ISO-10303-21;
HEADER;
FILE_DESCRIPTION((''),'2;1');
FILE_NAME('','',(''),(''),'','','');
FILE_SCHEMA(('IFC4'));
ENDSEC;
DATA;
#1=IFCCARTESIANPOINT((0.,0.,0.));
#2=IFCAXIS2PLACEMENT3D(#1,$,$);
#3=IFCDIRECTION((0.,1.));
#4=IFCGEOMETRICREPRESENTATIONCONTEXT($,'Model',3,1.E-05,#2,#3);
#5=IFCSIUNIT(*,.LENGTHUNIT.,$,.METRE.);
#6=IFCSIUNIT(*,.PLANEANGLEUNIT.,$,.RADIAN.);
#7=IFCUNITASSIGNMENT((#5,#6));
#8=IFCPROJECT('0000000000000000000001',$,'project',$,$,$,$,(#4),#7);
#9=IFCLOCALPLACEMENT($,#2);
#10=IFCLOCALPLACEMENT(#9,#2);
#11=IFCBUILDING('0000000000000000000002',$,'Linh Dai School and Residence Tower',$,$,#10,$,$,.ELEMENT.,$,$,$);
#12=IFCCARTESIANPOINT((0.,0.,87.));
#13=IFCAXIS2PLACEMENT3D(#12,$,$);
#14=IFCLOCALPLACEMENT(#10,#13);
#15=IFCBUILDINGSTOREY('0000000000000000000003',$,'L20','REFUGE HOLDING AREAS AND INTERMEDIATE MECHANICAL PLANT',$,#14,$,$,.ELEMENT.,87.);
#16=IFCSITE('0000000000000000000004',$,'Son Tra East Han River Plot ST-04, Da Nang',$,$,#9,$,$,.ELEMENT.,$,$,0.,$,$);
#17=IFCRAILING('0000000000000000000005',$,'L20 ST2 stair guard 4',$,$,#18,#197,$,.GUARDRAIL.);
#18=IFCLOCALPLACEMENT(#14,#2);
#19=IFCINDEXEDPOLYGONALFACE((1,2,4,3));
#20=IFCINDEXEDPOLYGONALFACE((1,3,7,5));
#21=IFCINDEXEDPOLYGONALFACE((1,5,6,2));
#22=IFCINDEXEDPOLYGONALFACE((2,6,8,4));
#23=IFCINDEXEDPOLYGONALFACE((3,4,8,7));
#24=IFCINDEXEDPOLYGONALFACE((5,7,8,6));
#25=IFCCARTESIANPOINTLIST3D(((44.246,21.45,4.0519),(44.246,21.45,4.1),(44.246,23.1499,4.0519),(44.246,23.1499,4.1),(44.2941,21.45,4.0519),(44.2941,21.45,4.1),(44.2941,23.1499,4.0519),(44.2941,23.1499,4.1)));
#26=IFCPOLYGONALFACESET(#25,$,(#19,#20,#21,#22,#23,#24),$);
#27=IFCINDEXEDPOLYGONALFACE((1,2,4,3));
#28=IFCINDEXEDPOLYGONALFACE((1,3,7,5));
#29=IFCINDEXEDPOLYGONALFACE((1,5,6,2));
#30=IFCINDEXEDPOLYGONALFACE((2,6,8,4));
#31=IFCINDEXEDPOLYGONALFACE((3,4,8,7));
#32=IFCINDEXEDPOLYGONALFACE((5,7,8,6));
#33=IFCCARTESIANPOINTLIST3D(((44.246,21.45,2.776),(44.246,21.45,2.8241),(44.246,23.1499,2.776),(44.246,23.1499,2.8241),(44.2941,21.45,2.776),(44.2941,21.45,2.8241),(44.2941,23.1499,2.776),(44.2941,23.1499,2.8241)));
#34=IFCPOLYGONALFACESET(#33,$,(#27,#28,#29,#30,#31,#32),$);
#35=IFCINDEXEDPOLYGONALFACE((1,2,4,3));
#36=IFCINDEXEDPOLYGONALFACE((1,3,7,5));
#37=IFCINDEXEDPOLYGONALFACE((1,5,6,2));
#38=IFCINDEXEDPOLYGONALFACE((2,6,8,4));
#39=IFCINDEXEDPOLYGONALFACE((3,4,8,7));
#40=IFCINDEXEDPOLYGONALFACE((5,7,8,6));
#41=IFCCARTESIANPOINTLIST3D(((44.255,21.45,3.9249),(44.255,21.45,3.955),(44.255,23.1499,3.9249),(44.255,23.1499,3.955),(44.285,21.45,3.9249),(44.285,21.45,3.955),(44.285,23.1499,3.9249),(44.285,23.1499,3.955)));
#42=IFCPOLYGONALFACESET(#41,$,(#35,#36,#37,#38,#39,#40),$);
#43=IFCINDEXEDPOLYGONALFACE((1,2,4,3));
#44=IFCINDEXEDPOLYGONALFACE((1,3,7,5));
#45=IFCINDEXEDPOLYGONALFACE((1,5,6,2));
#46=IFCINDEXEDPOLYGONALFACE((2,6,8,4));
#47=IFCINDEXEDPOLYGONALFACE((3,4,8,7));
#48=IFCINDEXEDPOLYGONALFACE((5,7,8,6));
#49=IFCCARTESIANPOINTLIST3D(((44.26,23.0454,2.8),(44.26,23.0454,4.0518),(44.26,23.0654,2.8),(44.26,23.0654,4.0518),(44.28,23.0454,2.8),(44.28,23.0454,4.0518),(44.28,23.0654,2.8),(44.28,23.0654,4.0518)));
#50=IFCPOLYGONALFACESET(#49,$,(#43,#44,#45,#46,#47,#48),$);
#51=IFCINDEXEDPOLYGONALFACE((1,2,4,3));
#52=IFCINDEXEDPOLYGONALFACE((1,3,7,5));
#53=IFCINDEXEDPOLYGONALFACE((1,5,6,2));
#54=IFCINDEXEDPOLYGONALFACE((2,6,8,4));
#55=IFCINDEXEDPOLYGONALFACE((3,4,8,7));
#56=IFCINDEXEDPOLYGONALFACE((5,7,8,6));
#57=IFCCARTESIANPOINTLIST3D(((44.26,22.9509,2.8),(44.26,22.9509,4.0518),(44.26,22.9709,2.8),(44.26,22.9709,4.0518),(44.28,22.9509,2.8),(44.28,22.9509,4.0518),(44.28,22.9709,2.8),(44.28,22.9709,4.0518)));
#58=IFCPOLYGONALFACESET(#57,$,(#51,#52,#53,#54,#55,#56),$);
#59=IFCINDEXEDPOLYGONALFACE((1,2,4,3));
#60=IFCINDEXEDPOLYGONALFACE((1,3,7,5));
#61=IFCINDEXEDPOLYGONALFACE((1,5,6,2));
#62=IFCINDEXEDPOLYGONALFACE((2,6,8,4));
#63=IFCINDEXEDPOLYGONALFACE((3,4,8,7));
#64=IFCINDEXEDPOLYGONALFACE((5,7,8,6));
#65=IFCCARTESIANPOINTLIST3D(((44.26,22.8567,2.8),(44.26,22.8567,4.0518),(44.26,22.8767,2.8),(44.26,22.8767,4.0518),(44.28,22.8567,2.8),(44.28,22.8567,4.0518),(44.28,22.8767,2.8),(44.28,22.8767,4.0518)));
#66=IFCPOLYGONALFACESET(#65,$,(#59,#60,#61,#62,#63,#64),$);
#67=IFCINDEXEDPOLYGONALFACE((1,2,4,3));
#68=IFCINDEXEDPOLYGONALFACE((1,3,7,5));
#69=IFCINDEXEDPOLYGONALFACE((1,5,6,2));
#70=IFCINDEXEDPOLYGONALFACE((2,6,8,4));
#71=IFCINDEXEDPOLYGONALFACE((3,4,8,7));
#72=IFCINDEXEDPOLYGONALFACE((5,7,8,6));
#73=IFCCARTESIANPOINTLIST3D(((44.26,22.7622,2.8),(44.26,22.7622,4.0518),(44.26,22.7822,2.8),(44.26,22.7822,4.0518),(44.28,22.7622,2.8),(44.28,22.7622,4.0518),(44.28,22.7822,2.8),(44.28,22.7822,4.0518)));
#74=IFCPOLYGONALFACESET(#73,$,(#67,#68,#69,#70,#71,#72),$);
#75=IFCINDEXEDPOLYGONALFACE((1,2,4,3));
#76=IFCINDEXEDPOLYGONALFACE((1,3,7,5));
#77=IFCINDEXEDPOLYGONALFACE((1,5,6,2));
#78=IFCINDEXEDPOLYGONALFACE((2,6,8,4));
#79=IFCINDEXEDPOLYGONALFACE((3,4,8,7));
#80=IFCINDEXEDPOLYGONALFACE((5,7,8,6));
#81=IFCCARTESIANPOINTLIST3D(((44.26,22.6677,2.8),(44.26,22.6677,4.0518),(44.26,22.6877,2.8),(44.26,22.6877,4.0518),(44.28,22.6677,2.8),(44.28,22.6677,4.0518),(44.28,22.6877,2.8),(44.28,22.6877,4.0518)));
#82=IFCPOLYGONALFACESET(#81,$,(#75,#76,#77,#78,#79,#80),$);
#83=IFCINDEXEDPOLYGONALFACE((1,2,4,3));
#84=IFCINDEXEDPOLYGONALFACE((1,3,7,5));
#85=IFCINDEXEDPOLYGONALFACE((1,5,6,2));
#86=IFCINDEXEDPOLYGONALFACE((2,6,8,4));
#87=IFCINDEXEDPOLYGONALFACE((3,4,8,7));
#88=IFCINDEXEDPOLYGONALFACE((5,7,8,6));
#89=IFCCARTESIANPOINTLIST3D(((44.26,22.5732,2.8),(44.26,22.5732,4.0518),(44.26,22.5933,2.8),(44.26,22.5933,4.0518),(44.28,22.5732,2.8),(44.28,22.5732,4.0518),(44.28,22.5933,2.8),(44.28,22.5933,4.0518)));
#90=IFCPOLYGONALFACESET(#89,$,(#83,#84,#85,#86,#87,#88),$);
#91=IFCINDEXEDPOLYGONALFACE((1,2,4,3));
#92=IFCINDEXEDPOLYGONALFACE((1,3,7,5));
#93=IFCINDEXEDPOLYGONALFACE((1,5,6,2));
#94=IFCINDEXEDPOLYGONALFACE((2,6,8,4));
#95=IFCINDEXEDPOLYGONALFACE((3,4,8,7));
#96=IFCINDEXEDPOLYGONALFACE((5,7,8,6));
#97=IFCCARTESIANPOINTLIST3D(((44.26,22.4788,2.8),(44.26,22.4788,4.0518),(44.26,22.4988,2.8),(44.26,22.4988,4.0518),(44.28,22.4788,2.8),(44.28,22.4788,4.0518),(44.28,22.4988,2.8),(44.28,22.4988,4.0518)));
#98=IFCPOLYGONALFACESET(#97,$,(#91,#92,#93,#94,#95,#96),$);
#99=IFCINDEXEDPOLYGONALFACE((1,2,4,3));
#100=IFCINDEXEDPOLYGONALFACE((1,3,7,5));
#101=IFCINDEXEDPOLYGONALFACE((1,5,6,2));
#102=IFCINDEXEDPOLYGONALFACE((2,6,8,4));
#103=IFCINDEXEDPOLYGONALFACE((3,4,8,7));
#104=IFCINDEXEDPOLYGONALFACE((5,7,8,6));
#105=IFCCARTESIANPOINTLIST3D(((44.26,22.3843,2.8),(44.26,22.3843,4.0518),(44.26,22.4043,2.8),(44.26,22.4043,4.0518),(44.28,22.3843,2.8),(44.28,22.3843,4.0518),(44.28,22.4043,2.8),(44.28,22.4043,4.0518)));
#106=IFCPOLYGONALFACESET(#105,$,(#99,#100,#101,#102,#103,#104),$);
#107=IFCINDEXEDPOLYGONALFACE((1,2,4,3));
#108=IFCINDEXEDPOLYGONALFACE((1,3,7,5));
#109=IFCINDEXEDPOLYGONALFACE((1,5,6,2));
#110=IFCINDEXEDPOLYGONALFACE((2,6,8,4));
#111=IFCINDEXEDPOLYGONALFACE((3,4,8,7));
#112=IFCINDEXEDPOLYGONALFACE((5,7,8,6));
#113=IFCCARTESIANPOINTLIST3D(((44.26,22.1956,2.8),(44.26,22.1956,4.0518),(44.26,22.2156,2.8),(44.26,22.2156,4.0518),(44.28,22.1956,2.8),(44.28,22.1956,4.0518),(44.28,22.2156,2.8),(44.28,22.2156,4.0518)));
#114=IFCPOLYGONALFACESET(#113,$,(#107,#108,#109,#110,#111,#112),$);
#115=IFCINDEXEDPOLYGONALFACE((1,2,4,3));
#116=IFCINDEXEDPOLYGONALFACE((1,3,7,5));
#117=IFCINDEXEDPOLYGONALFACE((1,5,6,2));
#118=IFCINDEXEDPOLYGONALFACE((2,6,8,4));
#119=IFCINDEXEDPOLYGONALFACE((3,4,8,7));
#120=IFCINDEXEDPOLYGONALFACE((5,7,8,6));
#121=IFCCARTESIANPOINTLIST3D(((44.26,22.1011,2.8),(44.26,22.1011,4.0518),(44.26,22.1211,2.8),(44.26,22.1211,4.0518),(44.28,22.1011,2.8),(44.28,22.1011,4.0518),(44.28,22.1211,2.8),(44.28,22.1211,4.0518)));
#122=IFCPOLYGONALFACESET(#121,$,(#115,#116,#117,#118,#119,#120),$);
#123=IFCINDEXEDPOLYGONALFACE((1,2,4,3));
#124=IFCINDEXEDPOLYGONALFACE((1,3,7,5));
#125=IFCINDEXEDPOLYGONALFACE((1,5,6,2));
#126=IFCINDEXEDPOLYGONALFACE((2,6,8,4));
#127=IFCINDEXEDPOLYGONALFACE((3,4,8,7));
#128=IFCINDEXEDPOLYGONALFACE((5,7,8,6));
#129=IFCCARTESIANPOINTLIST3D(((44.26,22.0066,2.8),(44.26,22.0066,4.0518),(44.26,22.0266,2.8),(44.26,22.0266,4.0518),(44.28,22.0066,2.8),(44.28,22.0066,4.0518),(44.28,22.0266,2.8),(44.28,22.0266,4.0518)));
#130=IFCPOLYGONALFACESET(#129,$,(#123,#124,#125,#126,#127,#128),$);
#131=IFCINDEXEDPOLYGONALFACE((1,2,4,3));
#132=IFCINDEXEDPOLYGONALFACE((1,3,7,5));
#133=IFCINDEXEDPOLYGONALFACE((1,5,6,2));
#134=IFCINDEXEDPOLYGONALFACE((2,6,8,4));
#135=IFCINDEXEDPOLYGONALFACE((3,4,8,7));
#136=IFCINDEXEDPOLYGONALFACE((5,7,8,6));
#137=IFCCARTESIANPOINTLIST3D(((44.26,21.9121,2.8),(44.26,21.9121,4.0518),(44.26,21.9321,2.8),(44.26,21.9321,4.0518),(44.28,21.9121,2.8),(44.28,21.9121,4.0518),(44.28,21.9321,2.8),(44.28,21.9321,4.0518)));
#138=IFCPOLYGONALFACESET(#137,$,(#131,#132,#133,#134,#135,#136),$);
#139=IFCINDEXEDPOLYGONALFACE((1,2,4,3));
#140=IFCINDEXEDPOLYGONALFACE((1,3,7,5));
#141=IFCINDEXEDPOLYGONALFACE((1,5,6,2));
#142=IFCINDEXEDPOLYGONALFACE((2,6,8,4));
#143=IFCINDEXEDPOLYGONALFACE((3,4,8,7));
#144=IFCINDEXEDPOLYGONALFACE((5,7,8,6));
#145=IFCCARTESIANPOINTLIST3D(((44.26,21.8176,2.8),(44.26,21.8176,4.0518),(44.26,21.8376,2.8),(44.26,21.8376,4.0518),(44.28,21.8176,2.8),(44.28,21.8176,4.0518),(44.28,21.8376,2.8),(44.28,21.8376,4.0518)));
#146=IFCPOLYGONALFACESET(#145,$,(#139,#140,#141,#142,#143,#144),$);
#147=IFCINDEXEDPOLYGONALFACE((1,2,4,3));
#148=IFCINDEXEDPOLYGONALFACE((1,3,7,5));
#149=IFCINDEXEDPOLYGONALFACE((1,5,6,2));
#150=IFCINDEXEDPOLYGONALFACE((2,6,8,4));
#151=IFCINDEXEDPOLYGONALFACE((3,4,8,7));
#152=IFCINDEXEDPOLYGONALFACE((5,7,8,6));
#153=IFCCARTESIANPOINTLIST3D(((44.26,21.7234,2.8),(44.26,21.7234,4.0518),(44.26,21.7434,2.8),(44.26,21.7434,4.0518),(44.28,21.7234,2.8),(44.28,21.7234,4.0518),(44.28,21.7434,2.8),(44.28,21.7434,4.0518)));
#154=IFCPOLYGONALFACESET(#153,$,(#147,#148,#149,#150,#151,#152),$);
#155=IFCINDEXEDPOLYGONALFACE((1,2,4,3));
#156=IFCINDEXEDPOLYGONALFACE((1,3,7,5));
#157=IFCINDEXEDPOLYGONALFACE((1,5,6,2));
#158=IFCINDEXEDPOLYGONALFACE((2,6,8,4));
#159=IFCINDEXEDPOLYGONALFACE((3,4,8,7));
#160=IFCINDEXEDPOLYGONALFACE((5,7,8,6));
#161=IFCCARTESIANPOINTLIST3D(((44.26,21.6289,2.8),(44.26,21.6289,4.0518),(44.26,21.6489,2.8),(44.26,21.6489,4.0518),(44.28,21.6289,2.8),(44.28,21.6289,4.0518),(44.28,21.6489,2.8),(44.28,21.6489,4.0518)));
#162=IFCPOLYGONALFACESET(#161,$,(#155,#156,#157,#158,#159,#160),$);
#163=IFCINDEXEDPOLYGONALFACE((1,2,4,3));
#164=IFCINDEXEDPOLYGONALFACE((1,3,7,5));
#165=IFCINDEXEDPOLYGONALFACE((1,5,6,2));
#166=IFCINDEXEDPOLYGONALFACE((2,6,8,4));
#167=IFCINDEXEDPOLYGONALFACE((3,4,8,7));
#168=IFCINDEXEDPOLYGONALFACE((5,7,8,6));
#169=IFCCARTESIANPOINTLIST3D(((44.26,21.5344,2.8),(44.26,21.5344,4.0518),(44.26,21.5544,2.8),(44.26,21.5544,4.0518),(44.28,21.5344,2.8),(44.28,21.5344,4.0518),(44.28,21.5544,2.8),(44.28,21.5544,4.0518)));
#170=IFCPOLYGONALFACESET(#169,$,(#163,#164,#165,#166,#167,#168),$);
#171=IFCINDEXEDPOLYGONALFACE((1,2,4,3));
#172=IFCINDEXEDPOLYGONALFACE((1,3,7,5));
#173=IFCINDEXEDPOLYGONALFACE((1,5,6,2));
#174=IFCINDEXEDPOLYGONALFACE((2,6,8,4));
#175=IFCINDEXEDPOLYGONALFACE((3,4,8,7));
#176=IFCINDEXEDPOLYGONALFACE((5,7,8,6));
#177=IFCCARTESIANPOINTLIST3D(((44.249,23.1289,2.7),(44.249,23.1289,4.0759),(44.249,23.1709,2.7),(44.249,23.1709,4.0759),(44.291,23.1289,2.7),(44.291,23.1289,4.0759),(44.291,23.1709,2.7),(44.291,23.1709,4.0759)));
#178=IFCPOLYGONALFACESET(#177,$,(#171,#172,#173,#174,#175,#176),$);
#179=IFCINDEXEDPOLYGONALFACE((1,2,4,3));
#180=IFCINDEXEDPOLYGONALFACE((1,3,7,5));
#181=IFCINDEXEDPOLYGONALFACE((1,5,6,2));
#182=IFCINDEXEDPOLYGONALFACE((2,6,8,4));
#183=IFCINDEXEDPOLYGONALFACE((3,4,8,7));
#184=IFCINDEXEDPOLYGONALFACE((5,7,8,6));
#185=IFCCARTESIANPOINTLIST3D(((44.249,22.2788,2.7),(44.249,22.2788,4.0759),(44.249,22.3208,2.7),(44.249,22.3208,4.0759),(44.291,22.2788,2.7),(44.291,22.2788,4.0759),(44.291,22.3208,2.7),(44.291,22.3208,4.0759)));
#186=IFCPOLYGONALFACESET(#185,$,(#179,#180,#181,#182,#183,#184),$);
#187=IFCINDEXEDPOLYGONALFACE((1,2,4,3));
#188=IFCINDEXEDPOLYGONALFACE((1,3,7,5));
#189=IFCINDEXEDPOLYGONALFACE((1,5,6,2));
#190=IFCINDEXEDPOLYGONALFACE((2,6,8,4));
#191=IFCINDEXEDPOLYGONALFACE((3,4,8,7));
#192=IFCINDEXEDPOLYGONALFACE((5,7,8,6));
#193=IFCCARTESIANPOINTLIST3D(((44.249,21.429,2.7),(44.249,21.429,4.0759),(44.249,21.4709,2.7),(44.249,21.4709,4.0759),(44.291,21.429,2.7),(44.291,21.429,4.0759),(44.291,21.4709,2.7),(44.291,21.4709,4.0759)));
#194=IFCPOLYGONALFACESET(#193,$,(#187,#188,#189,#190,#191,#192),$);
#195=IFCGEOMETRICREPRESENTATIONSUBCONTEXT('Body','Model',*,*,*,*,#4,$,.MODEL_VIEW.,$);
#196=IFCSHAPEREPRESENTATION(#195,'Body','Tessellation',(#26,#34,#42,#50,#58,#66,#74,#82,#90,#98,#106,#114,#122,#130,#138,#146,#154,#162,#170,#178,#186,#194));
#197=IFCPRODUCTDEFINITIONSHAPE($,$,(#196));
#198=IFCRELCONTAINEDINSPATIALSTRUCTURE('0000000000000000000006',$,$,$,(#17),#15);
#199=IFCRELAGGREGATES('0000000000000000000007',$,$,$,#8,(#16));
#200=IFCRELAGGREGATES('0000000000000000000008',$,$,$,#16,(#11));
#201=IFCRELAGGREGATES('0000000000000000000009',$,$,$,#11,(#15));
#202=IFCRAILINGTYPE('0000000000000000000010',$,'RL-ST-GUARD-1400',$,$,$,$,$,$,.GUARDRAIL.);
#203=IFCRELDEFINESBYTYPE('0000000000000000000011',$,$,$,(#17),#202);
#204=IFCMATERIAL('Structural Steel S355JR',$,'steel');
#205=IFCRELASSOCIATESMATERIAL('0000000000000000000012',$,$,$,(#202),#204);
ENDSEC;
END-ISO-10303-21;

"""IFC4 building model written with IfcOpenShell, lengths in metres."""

from ifc_helpers import new_model, si_unit, direction, frame, origin, origin_2d, place, context, subcontext, project, spatial, rectangle, extrude, source, transform, mapped, material, type_object, element, save


model = new_model("IFC4")

# Units and contexts
model_context = context("Model", 3, precision=1e-05, world=origin(), true_north=direction((0.0, 1.0)))
body_context = subcontext(model_context, "Body", "Model", "MODEL_VIEW")
ifc_project = project(units=[si_unit("LENGTHUNIT", "METRE"), si_unit("PLANEANGLEUNIT", "RADIAN")], contexts=[model_context])

# Site, building, storey
site_placement = place(None, origin())
site = spatial("IfcSite", under=ifc_project, at=site_placement, Name="Son Tra East Han River Plot ST-04, Da Nang", CompositionType="ELEMENT", RefElevation=0.0)
building_placement = place(site_placement, origin())
building = spatial("IfcBuilding", under=site, at=building_placement, Name="Linh Dai School and Residence Tower", CompositionType="ELEMENT")
storey_placement = place(building_placement, frame((0.0, 0.0, 87.0)))
storey = spatial("IfcBuildingStorey", under=building, at=storey_placement, Name="L20", Description="REFUGE HOLDING AREAS AND INTERMEDIATE MECHANICAL PLANT", CompositionType="ELEMENT", Elevation=87.0)

# Shared definitions
ifc_material_1 = material(Name="Structural Steel S355JR", Category="steel")

# Railing
railing_type_1 = type_object("IfcRailingType", Name="RL-ST-GUARD-1400", PredefinedType="GUARDRAIL", material=ifc_material_1)
shared_shape_1 = source(origin(), body_context, "Body", "SweptSolid", [
    extrude(rectangle(XDim=0.0481, YDim=0.0481, at=origin_2d()), frame((0.0, 0.0, 1.376), z_axis=(0.0, -1.0, 0.0), x_axis=(1.0, 0.0, 0.0)), (0.0, 0.0, 1.0), 1.7),
    extrude(rectangle(XDim=0.0481, YDim=0.0481, at=origin_2d()), frame((0.0, 0.0, 0.1001), z_axis=(0.0, -1.0, 0.0), x_axis=(1.0, 0.0, 0.0)), (0.0, 0.0, 1.0), 1.7),
    extrude(rectangle(XDim=0.03, YDim=0.03, at=origin_2d()), frame((0.0, 0.0, 1.24), z_axis=(0.0, -1.0, 0.0), x_axis=(1.0, 0.0, 0.0)), (0.0, 0.0, 1.0), 1.7),
    extrude(rectangle(XDim=0.02, YDim=0.02, at=origin_2d()), frame((0.0, -0.0945, 0.1001)), (0.0, 0.0, 1.0), 1.2517),
    extrude(rectangle(XDim=0.02, YDim=0.02, at=origin_2d()), frame((0.0, -0.189, 0.1001)), (0.0, 0.0, 1.0), 1.2517),
    extrude(rectangle(XDim=0.02, YDim=0.02, at=origin_2d()), frame((0.0, -0.2832, 0.1001)), (0.0, 0.0, 1.0), 1.2517),
    extrude(rectangle(XDim=0.02, YDim=0.02, at=origin_2d()), frame((0.0, -0.3777, 0.1001)), (0.0, 0.0, 1.0), 1.2517),
    extrude(rectangle(XDim=0.02, YDim=0.02, at=origin_2d()), frame((0.0, -0.4722, 0.1001)), (0.0, 0.0, 1.0), 1.2517),
    extrude(rectangle(XDim=0.02, YDim=0.02, at=origin_2d()), frame((0.0, -0.5667, 0.1001)), (0.0, 0.0, 1.0), 1.2517),
    extrude(rectangle(XDim=0.02, YDim=0.02, at=origin_2d()), frame((0.0, -0.6611, 0.1001)), (0.0, 0.0, 1.0), 1.2517),
    extrude(rectangle(XDim=0.02, YDim=0.02, at=origin_2d()), frame((0.0, -0.7556, 0.1001)), (0.0, 0.0, 1.0), 1.2517),
    extrude(rectangle(XDim=0.02, YDim=0.02, at=origin_2d()), frame((0.0, -0.9443, 0.1001)), (0.0, 0.0, 1.0), 1.2517),
    extrude(rectangle(XDim=0.02, YDim=0.02, at=origin_2d()), frame((0.0, -1.0388, 0.1001)), (0.0, 0.0, 1.0), 1.2517),
    extrude(rectangle(XDim=0.02, YDim=0.02, at=origin_2d()), frame((0.0, -1.1333, 0.1001)), (0.0, 0.0, 1.0), 1.2517),
    extrude(rectangle(XDim=0.02, YDim=0.02, at=origin_2d()), frame((0.0, -1.2278, 0.1001)), (0.0, 0.0, 1.0), 1.2517),
    extrude(rectangle(XDim=0.02, YDim=0.02, at=origin_2d()), frame((0.0, -1.3223, 0.1001)), (0.0, 0.0, 1.0), 1.2517),
    extrude(rectangle(XDim=0.02, YDim=0.02, at=origin_2d()), frame((0.0, -1.4165, 0.1001)), (0.0, 0.0, 1.0), 1.2517),
    extrude(rectangle(XDim=0.02, YDim=0.02, at=origin_2d()), frame((0.0, -1.511, 0.1001)), (0.0, 0.0, 1.0), 1.2517),
    extrude(rectangle(XDim=0.02, YDim=0.02, at=origin_2d()), frame((0.0, -1.6055, 0.1001)), (0.0, 0.0, 1.0), 1.2517),
    extrude(rectangle(XDim=0.042, YDim=0.042, at=origin_2d()), origin(), (0.0, 0.0, 1.0), 1.376),
    extrude(rectangle(XDim=0.042, YDim=0.042, at=origin_2d()), frame((0.0, -0.8501, 0.0)), (0.0, 0.0, 1.0), 1.376),
    extrude(rectangle(XDim=0.042, YDim=0.042, at=origin_2d()), frame((0.0, -1.7, 0.0)), (0.0, 0.0, 1.0), 1.376),
])
for number, where, name in (
    (1, (44.27, 23.1499, 2.7), "L20 ST2 stair guard 4"),
):
    element("IfcRailing", number, at=place(storey_placement, frame(where)), inside=storey, type_object=railing_type_1, Name=name, PredefinedType="GUARDRAIL", context=body_context, shape_type="MappedRepresentation", body=[
        mapped(shared_shape_1, transform((0.0, 0.0, 0.0), x_axis=(1.0, 0.0, 0.0), y_axis=(0.0, 1.0, 0.0), z_axis=(0.0, 0.0, 1.0), scale=1.0)),
    ])

save(model, "model.ifc")
